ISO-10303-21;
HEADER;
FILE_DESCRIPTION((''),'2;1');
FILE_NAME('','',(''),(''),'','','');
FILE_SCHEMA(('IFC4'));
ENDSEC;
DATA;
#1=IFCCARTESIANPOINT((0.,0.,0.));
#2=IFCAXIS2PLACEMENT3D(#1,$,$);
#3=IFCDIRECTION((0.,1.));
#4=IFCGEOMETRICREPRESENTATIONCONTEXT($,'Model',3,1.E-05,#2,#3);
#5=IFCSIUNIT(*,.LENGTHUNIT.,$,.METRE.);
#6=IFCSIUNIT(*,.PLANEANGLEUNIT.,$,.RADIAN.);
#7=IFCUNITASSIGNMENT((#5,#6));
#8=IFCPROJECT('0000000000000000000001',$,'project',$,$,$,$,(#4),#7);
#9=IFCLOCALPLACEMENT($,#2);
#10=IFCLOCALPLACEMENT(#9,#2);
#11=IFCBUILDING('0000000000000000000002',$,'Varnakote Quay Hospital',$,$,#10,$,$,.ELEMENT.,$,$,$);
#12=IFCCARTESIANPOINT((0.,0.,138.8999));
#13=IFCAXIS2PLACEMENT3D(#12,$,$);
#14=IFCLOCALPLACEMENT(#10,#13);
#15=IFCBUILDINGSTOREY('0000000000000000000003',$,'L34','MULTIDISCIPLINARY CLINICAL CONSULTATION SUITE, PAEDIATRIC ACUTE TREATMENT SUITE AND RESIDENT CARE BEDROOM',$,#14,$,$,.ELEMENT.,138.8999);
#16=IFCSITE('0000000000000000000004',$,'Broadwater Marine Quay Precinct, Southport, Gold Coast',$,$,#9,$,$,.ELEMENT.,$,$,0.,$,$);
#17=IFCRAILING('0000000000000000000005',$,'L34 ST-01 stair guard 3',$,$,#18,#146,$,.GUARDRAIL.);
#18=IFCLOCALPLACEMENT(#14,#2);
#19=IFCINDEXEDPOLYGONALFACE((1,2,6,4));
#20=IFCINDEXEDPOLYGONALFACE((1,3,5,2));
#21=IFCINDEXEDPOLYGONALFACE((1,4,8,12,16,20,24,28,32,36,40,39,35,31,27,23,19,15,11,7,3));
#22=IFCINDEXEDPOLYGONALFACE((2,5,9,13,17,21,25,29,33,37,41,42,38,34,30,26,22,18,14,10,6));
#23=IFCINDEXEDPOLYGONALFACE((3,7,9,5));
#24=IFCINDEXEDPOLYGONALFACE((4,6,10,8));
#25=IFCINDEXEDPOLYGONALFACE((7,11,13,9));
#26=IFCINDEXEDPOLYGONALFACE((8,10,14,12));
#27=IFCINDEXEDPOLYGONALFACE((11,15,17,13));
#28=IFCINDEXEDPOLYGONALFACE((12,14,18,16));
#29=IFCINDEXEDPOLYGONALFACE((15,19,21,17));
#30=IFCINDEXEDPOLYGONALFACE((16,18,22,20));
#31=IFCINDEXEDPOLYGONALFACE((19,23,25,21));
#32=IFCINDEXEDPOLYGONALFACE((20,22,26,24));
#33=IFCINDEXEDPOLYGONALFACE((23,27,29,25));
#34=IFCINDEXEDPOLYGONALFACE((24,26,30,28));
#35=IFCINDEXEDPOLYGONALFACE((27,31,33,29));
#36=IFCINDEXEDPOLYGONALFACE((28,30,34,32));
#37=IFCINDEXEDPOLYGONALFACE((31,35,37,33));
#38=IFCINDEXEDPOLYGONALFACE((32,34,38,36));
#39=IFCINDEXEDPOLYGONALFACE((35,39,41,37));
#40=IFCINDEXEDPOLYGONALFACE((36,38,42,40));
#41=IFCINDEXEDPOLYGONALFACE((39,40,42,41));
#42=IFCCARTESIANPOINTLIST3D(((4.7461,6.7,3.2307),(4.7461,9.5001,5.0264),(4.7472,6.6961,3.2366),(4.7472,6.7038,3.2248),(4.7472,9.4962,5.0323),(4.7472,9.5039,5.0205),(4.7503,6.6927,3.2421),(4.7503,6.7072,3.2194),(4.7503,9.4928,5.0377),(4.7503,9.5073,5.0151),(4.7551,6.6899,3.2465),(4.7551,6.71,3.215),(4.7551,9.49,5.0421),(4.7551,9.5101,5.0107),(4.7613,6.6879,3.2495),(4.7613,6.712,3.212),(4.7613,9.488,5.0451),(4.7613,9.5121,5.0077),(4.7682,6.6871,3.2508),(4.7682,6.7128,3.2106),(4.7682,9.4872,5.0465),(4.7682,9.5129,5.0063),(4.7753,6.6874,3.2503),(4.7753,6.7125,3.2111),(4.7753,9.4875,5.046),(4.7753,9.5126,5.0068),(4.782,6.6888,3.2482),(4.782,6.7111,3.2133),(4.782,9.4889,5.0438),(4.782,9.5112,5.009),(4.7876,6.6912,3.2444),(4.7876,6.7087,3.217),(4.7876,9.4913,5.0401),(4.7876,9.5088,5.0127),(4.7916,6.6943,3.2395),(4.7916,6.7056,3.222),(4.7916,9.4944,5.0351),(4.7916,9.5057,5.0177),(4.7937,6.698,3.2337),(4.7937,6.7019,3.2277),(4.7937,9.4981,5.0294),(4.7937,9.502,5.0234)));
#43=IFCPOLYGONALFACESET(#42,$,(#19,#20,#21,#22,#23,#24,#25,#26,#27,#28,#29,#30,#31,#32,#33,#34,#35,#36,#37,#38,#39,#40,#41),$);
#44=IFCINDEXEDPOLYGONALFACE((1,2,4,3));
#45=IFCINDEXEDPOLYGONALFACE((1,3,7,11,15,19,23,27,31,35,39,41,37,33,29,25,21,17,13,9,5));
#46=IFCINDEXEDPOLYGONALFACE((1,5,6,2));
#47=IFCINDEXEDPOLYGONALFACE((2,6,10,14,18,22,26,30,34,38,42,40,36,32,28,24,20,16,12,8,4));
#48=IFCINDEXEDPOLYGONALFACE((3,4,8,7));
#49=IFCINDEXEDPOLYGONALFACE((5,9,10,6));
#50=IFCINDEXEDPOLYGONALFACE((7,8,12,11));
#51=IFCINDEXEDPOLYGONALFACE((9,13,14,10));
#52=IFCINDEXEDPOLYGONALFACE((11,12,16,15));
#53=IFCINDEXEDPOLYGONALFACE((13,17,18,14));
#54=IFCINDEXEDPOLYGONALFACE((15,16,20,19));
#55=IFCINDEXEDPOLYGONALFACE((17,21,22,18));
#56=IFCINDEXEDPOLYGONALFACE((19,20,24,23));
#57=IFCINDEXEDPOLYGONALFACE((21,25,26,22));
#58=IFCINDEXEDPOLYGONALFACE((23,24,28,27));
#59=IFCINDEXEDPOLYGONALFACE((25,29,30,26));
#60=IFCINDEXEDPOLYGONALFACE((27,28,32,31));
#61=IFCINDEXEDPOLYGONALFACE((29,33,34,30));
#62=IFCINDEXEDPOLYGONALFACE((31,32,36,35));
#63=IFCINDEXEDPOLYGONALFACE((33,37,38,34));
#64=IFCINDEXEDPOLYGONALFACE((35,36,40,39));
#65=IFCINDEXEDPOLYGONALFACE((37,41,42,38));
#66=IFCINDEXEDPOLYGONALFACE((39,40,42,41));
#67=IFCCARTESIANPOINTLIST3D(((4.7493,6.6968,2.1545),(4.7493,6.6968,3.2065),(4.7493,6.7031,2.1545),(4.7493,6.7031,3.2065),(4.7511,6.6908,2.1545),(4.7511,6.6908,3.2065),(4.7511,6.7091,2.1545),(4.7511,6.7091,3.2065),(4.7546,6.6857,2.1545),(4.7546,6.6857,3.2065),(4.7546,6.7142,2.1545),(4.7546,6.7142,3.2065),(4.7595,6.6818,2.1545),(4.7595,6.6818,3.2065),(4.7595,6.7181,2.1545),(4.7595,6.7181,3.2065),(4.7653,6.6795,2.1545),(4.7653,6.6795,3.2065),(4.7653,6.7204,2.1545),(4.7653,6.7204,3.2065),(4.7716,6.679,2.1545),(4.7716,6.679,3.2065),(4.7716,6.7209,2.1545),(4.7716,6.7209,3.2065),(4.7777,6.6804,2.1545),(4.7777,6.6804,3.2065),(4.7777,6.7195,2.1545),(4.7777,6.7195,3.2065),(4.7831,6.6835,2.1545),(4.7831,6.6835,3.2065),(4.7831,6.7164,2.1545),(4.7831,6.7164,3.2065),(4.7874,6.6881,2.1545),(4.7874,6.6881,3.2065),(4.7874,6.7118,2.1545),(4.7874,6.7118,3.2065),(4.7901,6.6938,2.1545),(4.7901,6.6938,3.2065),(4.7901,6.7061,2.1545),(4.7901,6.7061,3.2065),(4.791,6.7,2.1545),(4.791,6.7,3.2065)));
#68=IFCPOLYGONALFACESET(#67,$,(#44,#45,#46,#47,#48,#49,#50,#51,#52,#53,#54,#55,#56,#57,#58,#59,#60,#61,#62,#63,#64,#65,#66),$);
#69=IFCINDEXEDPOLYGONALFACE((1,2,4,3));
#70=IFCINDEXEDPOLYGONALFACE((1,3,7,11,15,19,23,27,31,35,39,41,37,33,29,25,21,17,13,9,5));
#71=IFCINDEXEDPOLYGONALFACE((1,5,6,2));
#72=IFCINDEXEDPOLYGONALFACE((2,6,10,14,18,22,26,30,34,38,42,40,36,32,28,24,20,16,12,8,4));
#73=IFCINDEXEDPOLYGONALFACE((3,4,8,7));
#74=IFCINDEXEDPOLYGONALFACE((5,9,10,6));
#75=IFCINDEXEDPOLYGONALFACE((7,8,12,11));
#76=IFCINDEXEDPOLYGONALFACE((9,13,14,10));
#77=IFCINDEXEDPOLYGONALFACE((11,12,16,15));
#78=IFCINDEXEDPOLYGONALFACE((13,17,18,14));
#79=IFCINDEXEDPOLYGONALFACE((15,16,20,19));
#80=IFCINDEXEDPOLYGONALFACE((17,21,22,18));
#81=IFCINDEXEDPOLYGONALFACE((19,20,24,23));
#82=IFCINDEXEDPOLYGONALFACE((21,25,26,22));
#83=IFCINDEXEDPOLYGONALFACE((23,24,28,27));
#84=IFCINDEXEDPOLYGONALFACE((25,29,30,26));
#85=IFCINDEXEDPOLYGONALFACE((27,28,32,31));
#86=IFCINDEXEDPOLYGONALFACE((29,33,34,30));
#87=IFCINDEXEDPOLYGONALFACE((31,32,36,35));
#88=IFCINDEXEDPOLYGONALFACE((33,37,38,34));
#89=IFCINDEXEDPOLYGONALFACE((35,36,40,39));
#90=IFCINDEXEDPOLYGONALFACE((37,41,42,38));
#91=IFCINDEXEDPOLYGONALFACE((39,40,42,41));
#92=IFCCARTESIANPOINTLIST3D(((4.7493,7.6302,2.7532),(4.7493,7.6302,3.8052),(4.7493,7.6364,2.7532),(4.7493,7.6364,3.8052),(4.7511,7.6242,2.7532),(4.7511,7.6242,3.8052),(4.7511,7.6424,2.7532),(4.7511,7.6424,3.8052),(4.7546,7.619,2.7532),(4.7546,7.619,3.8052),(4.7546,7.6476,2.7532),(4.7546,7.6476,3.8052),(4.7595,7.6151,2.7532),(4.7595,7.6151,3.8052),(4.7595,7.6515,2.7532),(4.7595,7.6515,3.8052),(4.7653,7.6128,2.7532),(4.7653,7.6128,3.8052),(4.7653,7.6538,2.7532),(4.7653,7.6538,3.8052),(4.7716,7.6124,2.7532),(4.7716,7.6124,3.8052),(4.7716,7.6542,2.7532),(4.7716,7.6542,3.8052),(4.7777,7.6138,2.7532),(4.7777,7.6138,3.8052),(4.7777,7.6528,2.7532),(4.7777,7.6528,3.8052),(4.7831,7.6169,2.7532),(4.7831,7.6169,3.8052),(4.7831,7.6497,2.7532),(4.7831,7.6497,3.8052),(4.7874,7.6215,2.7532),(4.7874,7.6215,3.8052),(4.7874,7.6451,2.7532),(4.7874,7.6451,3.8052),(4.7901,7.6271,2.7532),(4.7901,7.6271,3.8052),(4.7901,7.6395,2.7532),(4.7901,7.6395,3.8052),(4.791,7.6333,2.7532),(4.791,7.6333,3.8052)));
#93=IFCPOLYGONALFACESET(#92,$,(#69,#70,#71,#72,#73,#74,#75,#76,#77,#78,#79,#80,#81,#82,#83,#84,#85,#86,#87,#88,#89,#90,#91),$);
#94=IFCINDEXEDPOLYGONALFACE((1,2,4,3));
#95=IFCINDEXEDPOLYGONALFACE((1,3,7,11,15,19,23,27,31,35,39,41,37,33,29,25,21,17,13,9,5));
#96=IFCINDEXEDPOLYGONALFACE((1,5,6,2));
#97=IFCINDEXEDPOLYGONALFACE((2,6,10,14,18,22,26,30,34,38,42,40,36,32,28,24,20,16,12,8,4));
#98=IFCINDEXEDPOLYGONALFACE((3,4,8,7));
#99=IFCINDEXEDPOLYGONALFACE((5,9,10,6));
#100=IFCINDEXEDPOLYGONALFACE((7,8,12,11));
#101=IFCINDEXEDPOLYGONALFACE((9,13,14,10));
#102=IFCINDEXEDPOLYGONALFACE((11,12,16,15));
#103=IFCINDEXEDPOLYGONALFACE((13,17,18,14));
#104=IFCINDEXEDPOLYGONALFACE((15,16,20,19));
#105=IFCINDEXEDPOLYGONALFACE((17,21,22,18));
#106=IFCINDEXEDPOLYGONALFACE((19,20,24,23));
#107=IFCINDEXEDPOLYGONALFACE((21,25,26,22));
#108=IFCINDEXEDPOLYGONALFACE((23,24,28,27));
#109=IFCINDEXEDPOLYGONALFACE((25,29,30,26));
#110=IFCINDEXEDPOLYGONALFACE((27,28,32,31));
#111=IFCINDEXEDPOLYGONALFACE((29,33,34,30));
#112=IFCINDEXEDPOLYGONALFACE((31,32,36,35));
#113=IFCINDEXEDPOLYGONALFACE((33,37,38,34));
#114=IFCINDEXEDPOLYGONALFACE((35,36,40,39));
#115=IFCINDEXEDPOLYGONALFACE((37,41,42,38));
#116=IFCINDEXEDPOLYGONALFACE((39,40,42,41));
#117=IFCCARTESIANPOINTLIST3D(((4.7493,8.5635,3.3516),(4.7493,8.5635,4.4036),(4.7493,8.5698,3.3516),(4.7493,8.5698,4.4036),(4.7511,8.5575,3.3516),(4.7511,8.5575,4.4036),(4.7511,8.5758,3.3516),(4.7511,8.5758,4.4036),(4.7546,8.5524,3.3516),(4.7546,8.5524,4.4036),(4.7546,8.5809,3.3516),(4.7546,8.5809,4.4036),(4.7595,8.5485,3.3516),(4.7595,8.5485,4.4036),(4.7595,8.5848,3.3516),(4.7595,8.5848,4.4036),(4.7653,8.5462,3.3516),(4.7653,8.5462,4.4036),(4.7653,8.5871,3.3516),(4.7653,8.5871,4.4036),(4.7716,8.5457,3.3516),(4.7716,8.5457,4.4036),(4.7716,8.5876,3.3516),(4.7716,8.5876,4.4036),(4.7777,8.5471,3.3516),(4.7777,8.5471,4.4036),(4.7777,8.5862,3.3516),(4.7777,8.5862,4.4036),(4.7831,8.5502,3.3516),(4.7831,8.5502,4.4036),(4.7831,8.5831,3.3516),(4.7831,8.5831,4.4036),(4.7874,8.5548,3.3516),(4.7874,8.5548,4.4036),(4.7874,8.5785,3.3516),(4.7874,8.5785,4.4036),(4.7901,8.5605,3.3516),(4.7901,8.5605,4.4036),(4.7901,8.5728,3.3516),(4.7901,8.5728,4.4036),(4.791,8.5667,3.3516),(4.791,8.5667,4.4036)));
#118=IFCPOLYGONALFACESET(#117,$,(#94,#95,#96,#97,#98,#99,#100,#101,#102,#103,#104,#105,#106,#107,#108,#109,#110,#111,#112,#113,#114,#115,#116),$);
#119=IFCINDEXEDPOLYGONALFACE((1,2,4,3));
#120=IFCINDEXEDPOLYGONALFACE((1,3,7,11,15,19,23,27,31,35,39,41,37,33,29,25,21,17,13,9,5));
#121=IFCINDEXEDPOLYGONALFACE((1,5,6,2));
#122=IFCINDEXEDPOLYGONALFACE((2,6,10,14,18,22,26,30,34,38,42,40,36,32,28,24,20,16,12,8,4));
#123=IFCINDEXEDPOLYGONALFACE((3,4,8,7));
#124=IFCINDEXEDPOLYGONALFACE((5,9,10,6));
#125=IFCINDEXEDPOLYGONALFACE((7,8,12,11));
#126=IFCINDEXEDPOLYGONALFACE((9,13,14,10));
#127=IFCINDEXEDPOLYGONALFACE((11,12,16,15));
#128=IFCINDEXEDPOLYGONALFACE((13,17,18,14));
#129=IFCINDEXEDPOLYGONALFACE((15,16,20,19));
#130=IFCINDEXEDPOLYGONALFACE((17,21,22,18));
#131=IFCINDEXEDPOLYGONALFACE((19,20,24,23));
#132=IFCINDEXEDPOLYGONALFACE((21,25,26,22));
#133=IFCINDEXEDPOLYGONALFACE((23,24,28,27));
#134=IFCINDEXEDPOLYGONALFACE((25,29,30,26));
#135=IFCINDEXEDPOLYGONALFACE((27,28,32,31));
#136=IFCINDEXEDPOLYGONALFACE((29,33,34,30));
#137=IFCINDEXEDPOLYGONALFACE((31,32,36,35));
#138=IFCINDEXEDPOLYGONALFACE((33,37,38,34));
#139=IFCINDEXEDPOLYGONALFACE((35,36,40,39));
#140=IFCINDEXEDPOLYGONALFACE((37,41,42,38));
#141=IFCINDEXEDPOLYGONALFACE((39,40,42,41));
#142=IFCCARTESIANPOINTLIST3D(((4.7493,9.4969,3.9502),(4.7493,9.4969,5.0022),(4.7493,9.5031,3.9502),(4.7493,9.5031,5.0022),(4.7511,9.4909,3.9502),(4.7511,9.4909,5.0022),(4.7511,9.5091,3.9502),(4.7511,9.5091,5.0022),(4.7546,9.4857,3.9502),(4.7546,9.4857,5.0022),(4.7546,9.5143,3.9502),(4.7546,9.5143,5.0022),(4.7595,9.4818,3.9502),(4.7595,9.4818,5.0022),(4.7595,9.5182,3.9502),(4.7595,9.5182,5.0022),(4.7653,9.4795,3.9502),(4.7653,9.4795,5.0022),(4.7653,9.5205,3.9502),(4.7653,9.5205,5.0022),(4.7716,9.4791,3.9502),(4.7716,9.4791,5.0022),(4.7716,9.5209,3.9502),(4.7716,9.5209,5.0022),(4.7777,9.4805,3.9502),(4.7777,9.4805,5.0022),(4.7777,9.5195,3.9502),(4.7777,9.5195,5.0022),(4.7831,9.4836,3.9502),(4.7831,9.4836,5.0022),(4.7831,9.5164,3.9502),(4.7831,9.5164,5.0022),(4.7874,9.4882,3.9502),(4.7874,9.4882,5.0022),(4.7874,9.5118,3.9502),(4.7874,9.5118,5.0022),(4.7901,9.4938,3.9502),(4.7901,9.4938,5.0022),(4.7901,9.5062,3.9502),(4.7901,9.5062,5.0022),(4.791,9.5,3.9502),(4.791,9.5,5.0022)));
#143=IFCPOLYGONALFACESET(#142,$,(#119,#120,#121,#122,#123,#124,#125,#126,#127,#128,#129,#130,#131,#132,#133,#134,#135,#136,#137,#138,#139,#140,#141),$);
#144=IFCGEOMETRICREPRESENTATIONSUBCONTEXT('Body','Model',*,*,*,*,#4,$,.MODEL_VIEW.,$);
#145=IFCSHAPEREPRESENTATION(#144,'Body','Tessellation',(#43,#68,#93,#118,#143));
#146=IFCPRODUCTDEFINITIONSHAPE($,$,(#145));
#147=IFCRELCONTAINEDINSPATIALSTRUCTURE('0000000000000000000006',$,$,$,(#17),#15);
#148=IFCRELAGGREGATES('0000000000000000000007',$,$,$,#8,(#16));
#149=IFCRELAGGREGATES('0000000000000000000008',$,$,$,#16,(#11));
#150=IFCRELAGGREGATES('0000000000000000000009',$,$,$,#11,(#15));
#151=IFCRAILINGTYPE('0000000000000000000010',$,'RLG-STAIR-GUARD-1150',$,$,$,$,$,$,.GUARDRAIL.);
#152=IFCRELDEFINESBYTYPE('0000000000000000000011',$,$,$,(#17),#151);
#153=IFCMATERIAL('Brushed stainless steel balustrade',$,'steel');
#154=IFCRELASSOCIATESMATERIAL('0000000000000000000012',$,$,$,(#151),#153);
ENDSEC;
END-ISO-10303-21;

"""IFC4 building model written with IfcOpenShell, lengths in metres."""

from ifc_helpers import new_model, si_unit, direction, frame, origin, origin_2d, place, context, subcontext, project, spatial, circle, extrude, material, type_object, element, save


model = new_model("IFC4")

# Units and contexts
model_context = context("Model", 3, precision=1e-05, world=origin(), true_north=direction((0.0, 1.0)))
body_context = subcontext(model_context, "Body", "Model", "MODEL_VIEW")
ifc_project = project(units=[si_unit("LENGTHUNIT", "METRE"), si_unit("PLANEANGLEUNIT", "RADIAN")], contexts=[model_context])

# Site, building, storey
site_placement = place(None, origin())
site = spatial("IfcSite", under=ifc_project, at=site_placement, Name="Broadwater Marine Quay Precinct, Southport, Gold Coast", CompositionType="ELEMENT", RefElevation=0.0)
building_placement = place(site_placement, origin())
building = spatial("IfcBuilding", under=site, at=building_placement, Name="Varnakote Quay Hospital", CompositionType="ELEMENT")
storey_placement = place(building_placement, frame((0.0, 0.0, 138.8999)))
storey = spatial("IfcBuildingStorey", under=building, at=storey_placement, Name="L34", Description="MULTIDISCIPLINARY CLINICAL CONSULTATION SUITE, PAEDIATRIC ACUTE TREATMENT SUITE AND RESIDENT CARE BEDROOM", CompositionType="ELEMENT", Elevation=138.8999)

# Railing
ifc_material_1 = material(Name="Brushed stainless steel balustrade", Category="steel")
railing_type_1 = type_object("IfcRailingType", Name="RLG-STAIR-GUARD-1150", PredefinedType="GUARDRAIL", material=ifc_material_1)
railing_1_placement = place(storey_placement, frame((4.77, 6.7, 2.1545)))
element("IfcRailing", 1, at=railing_1_placement, inside=storey, type_object=railing_type_1, Name="L34 ST-01 stair guard 3", PredefinedType="GUARDRAIL", context=body_context, shape_type="SweptSolid", body=[
    extrude(circle(Radius=0.0239, at=origin_2d()), frame((0.0, 0.0, 1.0762), z_axis=(0.0, 0.841777, 0.539826), x_axis=(-1.0, 0.0, 0.0)), (0.0, 0.0, 1.0), 3.3264),
    extrude(circle(Radius=0.021, at=origin_2d()), origin(), (0.0, 0.0, 1.0), 1.052),
    extrude(circle(Radius=0.021, at=origin_2d()), frame((0.0, 0.9333, 0.5986)), (0.0, 0.0, 1.0), 1.052),
    extrude(circle(Radius=0.021, at=origin_2d()), frame((0.0, 1.8667, 1.197)), (0.0, 0.0, 1.0), 1.052),
    extrude(circle(Radius=0.021, at=origin_2d()), frame((0.0, 2.8, 1.7957)), (0.0, 0.0, 1.0), 1.052),
])

save(model, "model.ifc")
